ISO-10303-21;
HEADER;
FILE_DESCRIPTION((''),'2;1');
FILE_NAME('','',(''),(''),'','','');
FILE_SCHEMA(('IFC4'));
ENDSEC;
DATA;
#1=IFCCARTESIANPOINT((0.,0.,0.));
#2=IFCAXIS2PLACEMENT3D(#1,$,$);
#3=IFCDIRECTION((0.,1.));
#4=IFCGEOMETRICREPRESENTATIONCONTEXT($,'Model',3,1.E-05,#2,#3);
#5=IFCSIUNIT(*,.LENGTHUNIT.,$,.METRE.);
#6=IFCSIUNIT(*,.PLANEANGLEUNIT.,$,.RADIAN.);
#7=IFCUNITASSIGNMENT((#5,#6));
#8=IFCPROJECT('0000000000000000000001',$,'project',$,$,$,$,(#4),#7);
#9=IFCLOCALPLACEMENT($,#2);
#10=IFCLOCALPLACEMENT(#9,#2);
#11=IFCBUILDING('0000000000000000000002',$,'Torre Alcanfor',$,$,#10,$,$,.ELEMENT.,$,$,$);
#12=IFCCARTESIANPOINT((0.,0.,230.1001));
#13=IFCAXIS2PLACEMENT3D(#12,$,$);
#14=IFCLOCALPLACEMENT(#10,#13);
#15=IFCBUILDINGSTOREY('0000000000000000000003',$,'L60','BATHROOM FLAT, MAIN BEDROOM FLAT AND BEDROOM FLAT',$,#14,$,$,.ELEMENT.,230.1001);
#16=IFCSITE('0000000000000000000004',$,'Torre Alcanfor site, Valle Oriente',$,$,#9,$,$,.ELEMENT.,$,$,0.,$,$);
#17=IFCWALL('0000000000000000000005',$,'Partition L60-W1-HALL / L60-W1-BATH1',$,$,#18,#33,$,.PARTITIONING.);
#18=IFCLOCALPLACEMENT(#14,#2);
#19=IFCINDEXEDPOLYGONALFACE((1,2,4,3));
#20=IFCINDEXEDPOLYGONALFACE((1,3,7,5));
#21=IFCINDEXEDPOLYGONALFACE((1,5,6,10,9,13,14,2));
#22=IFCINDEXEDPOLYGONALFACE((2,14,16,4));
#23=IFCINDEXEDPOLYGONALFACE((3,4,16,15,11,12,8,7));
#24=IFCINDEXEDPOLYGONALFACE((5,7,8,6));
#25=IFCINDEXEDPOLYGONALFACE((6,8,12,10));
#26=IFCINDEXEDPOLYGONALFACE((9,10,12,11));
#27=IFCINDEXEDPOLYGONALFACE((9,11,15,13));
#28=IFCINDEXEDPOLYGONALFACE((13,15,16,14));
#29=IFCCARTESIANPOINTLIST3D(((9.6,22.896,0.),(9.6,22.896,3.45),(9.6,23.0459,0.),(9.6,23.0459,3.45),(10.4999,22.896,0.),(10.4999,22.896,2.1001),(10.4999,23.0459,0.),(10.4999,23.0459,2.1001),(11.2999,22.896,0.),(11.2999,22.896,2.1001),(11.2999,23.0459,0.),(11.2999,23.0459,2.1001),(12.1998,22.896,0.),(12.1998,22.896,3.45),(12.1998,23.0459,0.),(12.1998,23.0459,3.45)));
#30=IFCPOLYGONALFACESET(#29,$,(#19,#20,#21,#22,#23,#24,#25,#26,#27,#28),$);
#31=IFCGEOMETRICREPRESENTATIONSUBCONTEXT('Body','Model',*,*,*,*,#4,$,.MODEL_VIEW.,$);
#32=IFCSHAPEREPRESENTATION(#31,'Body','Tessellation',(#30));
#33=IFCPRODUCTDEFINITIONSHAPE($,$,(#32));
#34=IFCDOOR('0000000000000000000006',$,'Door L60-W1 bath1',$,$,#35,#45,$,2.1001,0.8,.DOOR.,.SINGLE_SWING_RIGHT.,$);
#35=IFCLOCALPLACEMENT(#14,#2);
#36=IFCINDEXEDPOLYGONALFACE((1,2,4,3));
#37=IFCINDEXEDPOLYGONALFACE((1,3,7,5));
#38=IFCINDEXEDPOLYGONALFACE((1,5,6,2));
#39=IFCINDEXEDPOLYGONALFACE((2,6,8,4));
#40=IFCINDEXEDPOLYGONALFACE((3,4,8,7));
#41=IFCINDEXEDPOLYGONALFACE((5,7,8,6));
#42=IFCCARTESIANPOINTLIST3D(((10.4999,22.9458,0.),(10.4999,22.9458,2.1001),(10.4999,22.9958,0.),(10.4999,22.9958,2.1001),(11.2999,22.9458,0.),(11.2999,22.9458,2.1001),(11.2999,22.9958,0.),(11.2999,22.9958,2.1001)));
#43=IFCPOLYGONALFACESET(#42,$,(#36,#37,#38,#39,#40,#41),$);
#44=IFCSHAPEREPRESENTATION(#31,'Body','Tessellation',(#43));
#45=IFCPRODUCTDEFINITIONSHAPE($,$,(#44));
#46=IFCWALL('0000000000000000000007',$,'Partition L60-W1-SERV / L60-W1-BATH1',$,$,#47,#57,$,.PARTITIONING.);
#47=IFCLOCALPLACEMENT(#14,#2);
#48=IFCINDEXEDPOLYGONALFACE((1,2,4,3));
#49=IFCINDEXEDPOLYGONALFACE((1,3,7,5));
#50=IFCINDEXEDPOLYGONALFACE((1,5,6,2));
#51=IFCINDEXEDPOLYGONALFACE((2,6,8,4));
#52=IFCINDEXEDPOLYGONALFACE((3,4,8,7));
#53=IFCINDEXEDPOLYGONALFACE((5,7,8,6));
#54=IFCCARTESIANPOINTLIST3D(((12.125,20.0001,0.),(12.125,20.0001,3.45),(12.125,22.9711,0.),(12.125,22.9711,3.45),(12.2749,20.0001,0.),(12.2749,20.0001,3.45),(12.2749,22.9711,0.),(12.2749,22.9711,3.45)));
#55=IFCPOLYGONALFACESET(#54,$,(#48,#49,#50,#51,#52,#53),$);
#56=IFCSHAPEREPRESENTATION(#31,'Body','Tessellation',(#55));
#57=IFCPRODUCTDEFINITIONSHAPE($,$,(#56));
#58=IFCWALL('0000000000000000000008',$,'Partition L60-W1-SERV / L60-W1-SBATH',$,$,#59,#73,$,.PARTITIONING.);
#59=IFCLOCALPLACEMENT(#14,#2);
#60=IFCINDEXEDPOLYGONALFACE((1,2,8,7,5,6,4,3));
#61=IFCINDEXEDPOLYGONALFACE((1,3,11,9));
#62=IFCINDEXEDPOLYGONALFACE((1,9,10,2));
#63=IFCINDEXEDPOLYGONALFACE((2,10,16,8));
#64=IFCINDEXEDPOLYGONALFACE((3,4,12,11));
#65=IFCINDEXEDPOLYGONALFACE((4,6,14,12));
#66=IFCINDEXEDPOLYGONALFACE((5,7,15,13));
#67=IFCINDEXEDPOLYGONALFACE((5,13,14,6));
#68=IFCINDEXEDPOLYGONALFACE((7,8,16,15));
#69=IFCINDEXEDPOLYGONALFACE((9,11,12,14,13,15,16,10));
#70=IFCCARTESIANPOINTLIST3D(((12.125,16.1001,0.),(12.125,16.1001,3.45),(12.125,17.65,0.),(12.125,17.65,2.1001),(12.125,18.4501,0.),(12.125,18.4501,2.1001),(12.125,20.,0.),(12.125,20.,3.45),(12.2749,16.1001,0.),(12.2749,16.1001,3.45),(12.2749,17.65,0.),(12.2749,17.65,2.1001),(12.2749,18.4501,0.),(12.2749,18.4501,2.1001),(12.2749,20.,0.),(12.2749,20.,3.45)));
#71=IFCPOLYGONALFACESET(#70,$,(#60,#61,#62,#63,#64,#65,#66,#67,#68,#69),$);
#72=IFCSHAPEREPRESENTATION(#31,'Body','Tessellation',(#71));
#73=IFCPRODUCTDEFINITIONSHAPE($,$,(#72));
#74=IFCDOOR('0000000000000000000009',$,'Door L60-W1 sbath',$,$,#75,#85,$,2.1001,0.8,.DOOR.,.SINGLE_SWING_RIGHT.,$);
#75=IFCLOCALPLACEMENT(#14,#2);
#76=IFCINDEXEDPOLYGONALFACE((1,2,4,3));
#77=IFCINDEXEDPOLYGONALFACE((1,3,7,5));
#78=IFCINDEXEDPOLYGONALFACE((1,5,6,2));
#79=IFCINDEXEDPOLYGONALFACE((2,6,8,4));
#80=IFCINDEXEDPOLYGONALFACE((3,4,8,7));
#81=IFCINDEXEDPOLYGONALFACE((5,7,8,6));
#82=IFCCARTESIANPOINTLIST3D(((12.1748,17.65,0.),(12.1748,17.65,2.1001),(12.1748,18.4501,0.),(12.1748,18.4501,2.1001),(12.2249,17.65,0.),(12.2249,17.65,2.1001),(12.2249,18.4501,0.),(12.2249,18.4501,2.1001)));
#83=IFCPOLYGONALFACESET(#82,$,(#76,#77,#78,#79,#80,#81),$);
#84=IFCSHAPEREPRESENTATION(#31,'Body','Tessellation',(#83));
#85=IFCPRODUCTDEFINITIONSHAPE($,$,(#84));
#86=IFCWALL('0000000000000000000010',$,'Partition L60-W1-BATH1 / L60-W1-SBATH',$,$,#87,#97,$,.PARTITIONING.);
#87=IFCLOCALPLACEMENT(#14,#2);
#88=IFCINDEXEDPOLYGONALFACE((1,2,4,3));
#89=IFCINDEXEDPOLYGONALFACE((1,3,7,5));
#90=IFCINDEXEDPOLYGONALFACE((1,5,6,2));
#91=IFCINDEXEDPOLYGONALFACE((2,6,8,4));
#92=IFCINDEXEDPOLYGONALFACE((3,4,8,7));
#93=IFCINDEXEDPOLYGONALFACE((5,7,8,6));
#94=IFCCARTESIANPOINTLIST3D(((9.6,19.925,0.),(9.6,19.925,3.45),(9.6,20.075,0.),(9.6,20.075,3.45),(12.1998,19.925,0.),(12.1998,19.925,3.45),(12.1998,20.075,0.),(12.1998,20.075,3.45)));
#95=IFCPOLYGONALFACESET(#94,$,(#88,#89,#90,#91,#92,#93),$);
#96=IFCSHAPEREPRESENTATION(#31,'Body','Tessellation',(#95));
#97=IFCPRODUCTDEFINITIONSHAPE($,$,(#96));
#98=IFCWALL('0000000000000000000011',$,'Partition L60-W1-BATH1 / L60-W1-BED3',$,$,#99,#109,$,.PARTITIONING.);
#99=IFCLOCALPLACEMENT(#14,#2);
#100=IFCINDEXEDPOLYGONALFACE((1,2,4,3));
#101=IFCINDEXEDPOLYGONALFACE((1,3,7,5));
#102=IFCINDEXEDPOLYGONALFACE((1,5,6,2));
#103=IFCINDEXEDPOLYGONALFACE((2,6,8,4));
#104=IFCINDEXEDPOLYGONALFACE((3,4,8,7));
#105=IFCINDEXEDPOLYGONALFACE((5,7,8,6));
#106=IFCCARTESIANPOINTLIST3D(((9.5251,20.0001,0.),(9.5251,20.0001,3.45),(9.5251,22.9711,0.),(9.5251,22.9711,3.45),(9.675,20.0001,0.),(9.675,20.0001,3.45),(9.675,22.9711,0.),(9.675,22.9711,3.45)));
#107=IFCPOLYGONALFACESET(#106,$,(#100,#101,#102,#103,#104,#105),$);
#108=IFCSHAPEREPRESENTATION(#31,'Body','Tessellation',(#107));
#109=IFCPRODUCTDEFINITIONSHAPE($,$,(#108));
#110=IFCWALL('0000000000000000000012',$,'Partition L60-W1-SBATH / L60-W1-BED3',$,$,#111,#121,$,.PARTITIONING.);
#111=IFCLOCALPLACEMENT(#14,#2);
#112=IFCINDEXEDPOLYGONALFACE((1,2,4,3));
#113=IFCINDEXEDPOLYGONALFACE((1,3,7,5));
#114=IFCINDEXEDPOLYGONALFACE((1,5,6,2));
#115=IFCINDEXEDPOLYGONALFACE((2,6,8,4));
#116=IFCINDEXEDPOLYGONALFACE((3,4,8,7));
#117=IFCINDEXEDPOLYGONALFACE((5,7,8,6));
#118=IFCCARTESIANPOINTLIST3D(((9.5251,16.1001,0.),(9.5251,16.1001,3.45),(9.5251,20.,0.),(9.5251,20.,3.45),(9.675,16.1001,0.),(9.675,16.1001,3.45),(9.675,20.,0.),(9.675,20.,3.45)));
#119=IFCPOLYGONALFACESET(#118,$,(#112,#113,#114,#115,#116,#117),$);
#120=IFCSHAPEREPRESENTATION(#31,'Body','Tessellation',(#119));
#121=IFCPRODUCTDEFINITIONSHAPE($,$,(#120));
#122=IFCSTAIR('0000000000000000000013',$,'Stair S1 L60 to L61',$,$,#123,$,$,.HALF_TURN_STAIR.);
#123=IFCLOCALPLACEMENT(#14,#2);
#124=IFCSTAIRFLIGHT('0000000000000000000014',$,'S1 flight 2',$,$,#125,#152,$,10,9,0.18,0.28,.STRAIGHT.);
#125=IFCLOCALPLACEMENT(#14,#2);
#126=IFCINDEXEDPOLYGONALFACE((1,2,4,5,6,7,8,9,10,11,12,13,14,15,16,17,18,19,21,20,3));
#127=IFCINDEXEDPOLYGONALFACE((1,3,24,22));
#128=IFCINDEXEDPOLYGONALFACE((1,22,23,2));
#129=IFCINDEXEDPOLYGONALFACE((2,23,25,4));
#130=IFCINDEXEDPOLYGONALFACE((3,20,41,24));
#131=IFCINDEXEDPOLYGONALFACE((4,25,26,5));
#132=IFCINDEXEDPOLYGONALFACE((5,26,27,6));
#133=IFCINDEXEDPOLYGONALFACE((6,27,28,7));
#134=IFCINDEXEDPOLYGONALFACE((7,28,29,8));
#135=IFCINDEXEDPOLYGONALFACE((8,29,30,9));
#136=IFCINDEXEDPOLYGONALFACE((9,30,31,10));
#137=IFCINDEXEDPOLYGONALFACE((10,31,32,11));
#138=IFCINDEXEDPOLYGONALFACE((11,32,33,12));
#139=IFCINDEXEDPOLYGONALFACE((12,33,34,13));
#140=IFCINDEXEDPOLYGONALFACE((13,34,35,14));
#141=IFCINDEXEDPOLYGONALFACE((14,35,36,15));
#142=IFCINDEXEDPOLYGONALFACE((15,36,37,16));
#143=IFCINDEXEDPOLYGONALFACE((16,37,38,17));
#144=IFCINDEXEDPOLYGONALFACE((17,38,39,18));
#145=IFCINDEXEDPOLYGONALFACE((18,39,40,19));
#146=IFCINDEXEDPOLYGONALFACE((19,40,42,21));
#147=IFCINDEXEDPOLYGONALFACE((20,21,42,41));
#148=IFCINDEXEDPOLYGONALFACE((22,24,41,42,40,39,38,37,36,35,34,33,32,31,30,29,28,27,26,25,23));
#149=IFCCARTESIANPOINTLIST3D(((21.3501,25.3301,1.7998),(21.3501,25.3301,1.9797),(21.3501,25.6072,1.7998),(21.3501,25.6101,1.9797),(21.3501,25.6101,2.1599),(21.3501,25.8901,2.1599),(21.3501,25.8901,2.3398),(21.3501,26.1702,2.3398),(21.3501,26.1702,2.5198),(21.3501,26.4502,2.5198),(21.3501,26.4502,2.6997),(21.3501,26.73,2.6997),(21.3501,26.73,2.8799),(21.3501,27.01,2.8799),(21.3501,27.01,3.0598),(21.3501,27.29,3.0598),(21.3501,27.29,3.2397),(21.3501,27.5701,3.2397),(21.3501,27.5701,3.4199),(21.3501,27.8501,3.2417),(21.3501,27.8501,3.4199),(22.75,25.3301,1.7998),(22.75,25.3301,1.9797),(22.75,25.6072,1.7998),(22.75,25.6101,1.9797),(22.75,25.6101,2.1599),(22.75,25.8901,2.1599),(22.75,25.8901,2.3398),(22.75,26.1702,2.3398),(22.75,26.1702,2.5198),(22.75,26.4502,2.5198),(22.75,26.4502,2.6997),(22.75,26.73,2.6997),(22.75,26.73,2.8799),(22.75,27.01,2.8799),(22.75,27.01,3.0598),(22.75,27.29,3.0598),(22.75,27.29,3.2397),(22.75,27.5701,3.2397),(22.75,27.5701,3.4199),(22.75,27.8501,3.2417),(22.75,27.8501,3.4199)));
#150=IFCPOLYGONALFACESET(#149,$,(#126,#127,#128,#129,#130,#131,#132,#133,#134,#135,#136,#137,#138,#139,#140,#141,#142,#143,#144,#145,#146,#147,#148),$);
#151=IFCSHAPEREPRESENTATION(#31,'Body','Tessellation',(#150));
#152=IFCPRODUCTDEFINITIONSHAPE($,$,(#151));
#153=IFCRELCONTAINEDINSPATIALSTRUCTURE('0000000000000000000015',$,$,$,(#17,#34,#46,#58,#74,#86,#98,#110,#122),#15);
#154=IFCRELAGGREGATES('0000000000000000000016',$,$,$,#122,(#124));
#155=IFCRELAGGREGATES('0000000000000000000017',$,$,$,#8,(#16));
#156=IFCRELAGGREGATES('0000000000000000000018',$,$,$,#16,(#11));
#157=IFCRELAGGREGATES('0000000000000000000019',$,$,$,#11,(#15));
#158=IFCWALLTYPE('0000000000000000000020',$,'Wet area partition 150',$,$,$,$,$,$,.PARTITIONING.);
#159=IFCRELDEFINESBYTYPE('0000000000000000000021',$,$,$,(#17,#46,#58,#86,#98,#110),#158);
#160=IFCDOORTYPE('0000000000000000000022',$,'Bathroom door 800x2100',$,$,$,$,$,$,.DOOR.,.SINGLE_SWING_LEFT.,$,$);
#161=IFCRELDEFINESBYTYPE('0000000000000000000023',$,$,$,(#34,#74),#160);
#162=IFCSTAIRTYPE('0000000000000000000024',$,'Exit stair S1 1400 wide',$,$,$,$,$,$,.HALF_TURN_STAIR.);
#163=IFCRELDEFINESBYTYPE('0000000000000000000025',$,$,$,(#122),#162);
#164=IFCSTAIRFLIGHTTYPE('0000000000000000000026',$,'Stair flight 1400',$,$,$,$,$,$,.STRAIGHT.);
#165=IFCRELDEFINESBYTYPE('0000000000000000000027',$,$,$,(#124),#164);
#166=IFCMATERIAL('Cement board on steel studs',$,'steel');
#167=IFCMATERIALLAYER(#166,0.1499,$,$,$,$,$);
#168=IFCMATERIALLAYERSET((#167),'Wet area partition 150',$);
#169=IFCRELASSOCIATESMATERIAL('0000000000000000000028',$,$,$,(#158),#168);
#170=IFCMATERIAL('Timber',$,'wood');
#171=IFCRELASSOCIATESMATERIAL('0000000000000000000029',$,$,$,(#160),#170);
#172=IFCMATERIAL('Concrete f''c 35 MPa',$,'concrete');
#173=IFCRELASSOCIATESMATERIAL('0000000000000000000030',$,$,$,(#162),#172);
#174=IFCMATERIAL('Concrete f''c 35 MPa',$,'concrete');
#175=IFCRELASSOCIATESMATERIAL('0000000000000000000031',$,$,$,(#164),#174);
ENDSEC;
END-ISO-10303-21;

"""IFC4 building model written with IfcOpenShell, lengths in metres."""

from ifc_helpers import new_model, si_unit, direction, frame, frame_2d, origin, place, context, subcontext, project, spatial, polyline, rectangle, outline, extrude, material, layer, layer_set, type_object, element, fill, aggregate, save


model = new_model("IFC4")

# Units and contexts
model_context = context("Model", 3, precision=1e-05, world=origin(), true_north=direction((0.0, 1.0)))
body_context = subcontext(model_context, "Body", "Model", "MODEL_VIEW")
ifc_project = project(units=[si_unit("LENGTHUNIT", "METRE"), si_unit("PLANEANGLEUNIT", "RADIAN")], contexts=[model_context])

# Site, building, storey
site_placement = place(None, origin())
site = spatial("IfcSite", under=ifc_project, at=site_placement, Name="Torre Alcanfor site, Valle Oriente", CompositionType="ELEMENT", RefElevation=0.0)
building_placement = place(site_placement, origin())
building = spatial("IfcBuilding", under=site, at=building_placement, Name="Torre Alcanfor", CompositionType="ELEMENT")
storey_placement = place(building_placement, frame((0.0, 0.0, 230.1001)))
storey = spatial("IfcBuildingStorey", under=building, at=storey_placement, Name="L60", Description="BATHROOM FLAT, MAIN BEDROOM FLAT AND BEDROOM FLAT", CompositionType="ELEMENT", Elevation=230.1001)

# Wall, opening, door
ifc_material_1 = material(Name="Cement board on steel studs", Category="steel")
ifc_layer_1 = layer(ifc_material_1, 0.1499)
ifc_layer_set_1 = layer_set([ifc_layer_1], Name="Wet area partition 150")
wall_type_1 = type_object("IfcWallType", Name="Wet area partition 150", PredefinedType="PARTITIONING", material=ifc_layer_set_1)
wall_1_placement = place(storey_placement, frame((9.6001, 22.9709, 0.0), z_axis=(0.0, 0.0, 1.0), x_axis=(1.0, 0.0, 0.0)))
wall_1 = element("IfcWall", 1, at=wall_1_placement, inside=storey, type_object=wall_type_1, Name="Partition L60-W1-HALL / L60-W1-BATH1", PredefinedType="PARTITIONING", context=body_context, shape_type="SweptSolid", body=[
    extrude(rectangle(XDim=2.5999, YDim=0.1499, at=frame_2d((1.2998, 0.0))), origin(), (0.0, 0.0, 1.0), 3.45),
])
opening_1_placement = place(wall_1_placement, frame((0.8999, 0.0, 0.0)))
opening_1 = element("IfcOpeningElement", 2, at=opening_1_placement, cuts=wall_1, PredefinedType="OPENING", context=body_context, shape_type="SweptSolid", body=[
    extrude(rectangle(XDim=0.8, YDim=2.1001, at=frame_2d((0.3999, 1.05))), frame((0.0, 0.085, 0.0), z_axis=(0.0, -1.0, 0.0), x_axis=(1.0, 0.0, 0.0)), (0.0, 0.0, 1.0), 0.1699),
])
ifc_material_2 = material(Name="Timber", Category="wood")
door_type_1 = type_object("IfcDoorType", Name="Bathroom door 800x2100", OperationType="SINGLE_SWING_LEFT", PredefinedType="DOOR", material=ifc_material_2)
door_1_placement = place(opening_1_placement, frame((0.8, 0.0, 0.0), z_axis=(0.0, 0.0, 1.0), x_axis=(-1.0, 0.0, 0.0)))
door_1 = element("IfcDoor", 3, at=door_1_placement, inside=storey, type_object=door_type_1, Name="Door L60-W1 bath1", OperationType="SINGLE_SWING_RIGHT", OverallHeight=2.1001, OverallWidth=0.8, PredefinedType="DOOR", context=body_context, shape_type="SweptSolid", body=[
    extrude(rectangle(XDim=0.8, YDim=2.1001, at=frame_2d((0.4001, 1.05))), frame((0.0, 0.0251, 0.0), z_axis=(0.0, -1.0, 0.0), x_axis=(1.0, 0.0, 0.0)), (0.0, 0.0, 1.0), 0.05),
])
fill(opening_1, door_1)

# Wall
wall_2_placement = place(storey_placement, frame((12.2, 22.9709, 0.0), z_axis=(0.0, 0.0, 1.0), x_axis=(0.0, -1.0, 0.0)))
element("IfcWall", 4, at=wall_2_placement, inside=storey, type_object=wall_type_1, Name="Partition L60-W1-SERV / L60-W1-BATH1", PredefinedType="PARTITIONING", context=body_context, shape_type="SweptSolid", body=[
    extrude(rectangle(XDim=2.9709, YDim=0.1499, at=frame_2d((1.4854, 0.0))), origin(), (0.0, 0.0, 1.0), 3.45),
])

# Wall, opening, door
wall_3_placement = place(storey_placement, frame((12.2, 20.0, 0.0), z_axis=(0.0, 0.0, 1.0), x_axis=(0.0, -1.0, 0.0)))
wall_3 = element("IfcWall", 5, at=wall_3_placement, inside=storey, type_object=wall_type_1, Name="Partition L60-W1-SERV / L60-W1-SBATH", PredefinedType="PARTITIONING", context=body_context, shape_type="SweptSolid", body=[
    extrude(rectangle(XDim=3.8999, YDim=0.1499, at=frame_2d((1.95, 0.0))), origin(), (0.0, 0.0, 1.0), 3.45),
])
opening_2_placement = place(wall_3_placement, frame((1.55, 0.0, 0.0)))
opening_2 = element("IfcOpeningElement", 6, at=opening_2_placement, cuts=wall_3, PredefinedType="OPENING", context=body_context, shape_type="SweptSolid", body=[
    extrude(rectangle(XDim=0.8, YDim=2.1001, at=frame_2d((0.3999, 1.05))), frame((0.0, 0.085, 0.0), z_axis=(0.0, -1.0, 0.0), x_axis=(1.0, 0.0, 0.0)), (0.0, 0.0, 1.0), 0.1699),
])
door_2_placement = place(opening_2_placement, frame((0.8, 0.0, 0.0), z_axis=(0.0, 0.0, 1.0), x_axis=(-1.0, 0.0, 0.0)))
door_2 = element("IfcDoor", 7, at=door_2_placement, inside=storey, type_object=door_type_1, Name="Door L60-W1 sbath", OperationType="SINGLE_SWING_RIGHT", OverallHeight=2.1001, OverallWidth=0.8, PredefinedType="DOOR", context=body_context, shape_type="SweptSolid", body=[
    extrude(rectangle(XDim=0.8, YDim=2.1001, at=frame_2d((0.4001, 1.05))), frame((0.0, 0.0251, 0.0), z_axis=(0.0, -1.0, 0.0), x_axis=(1.0, 0.0, 0.0)), (0.0, 0.0, 1.0), 0.05),
])
fill(opening_2, door_2)

# Walls
wall_4_placement = place(storey_placement, frame((9.6001, 20.0, 0.0), z_axis=(0.0, 0.0, 1.0), x_axis=(1.0, 0.0, 0.0)))
element("IfcWall", 8, at=wall_4_placement, inside=storey, type_object=wall_type_1, Name="Partition L60-W1-BATH1 / L60-W1-SBATH", PredefinedType="PARTITIONING", context=body_context, shape_type="SweptSolid", body=[
    extrude(rectangle(XDim=2.5999, YDim=0.1499, at=frame_2d((1.2998, 0.0))), origin(), (0.0, 0.0, 1.0), 3.45),
])
wall_5_placement = place(storey_placement, frame((9.6001, 22.9709, 0.0), z_axis=(0.0, 0.0, 1.0), x_axis=(0.0, -1.0, 0.0)))
element("IfcWall", 9, at=wall_5_placement, inside=storey, type_object=wall_type_1, Name="Partition L60-W1-BATH1 / L60-W1-BED3", PredefinedType="PARTITIONING", context=body_context, shape_type="SweptSolid", body=[
    extrude(rectangle(XDim=2.9709, YDim=0.1499, at=frame_2d((1.4854, 0.0))), origin(), (0.0, 0.0, 1.0), 3.45),
])
wall_6_placement = place(storey_placement, frame((9.6001, 20.0, 0.0), z_axis=(0.0, 0.0, 1.0), x_axis=(0.0, -1.0, 0.0)))
element("IfcWall", 10, at=wall_6_placement, inside=storey, type_object=wall_type_1, Name="Partition L60-W1-SBATH / L60-W1-BED3", PredefinedType="PARTITIONING", context=body_context, shape_type="SweptSolid", body=[
    extrude(rectangle(XDim=3.8999, YDim=0.1499, at=frame_2d((1.95, 0.0))), origin(), (0.0, 0.0, 1.0), 3.45),
])

# Stair, stair flight
ifc_material_3 = material(Name="Concrete f'c 35 MPa", Category="concrete")
stair_type = type_object("IfcStairType", Name="Exit stair S1 1400 wide", PredefinedType="HALF_TURN_STAIR", material=ifc_material_3)
stair_placement = place(storey_placement, origin())
stair = element("IfcStair", 11, at=stair_placement, inside=storey, type_object=stair_type, Name="Stair S1 L60 to L61", PredefinedType="HALF_TURN_STAIR")
ifc_material_4 = material(Name="Concrete f'c 35 MPa", Category="concrete")
stair_flight_type = type_object("IfcStairFlightType", Name="Stair flight 1400", PredefinedType="STRAIGHT", material=ifc_material_4)
stair_flight_placement = place(storey_placement, frame((22.05, 25.3301, 1.7998), z_axis=(0.0, 0.0, 1.0), x_axis=(0.0, 1.0, 0.0)))
stair_flight = element("IfcStairFlight", 12, at=stair_flight_placement, type_object=stair_flight_type, Name="S1 flight 2", NumberOfRisers=10, NumberOfTreads=9, PredefinedType="STRAIGHT", RiserHeight=0.18, TreadLength=0.28, context=body_context, shape_type="SweptSolid", body=[
    extrude(outline(polyline([(0.0, 0.0), (0.0, 0.1799), (0.28, 0.1799), (0.28, 0.3601), (0.5601, 0.3601), (0.5601, 0.54), (0.8401, 0.54), (0.8401, 0.72), (1.1201, 0.72), (1.1201, 0.8999), (1.3999, 0.8999), (1.3999, 1.0801), (1.6799, 1.0801), (1.6799, 1.26), (1.96, 1.26), (1.96, 1.4399), (2.24, 1.4399), (2.24, 1.6201), (2.52, 1.6201), (2.52, 1.8), (2.52, 1.4419), (0.2771, 0.0), (0.0, 0.0)])), frame((0.0, 0.7, 0.0), z_axis=(0.0, -1.0, 0.0), x_axis=(1.0, 0.0, 0.0)), (0.0, 0.0, 1.0), 1.3999),
])
aggregate(stair, [stair_flight])

save(model, "model.ifc")
